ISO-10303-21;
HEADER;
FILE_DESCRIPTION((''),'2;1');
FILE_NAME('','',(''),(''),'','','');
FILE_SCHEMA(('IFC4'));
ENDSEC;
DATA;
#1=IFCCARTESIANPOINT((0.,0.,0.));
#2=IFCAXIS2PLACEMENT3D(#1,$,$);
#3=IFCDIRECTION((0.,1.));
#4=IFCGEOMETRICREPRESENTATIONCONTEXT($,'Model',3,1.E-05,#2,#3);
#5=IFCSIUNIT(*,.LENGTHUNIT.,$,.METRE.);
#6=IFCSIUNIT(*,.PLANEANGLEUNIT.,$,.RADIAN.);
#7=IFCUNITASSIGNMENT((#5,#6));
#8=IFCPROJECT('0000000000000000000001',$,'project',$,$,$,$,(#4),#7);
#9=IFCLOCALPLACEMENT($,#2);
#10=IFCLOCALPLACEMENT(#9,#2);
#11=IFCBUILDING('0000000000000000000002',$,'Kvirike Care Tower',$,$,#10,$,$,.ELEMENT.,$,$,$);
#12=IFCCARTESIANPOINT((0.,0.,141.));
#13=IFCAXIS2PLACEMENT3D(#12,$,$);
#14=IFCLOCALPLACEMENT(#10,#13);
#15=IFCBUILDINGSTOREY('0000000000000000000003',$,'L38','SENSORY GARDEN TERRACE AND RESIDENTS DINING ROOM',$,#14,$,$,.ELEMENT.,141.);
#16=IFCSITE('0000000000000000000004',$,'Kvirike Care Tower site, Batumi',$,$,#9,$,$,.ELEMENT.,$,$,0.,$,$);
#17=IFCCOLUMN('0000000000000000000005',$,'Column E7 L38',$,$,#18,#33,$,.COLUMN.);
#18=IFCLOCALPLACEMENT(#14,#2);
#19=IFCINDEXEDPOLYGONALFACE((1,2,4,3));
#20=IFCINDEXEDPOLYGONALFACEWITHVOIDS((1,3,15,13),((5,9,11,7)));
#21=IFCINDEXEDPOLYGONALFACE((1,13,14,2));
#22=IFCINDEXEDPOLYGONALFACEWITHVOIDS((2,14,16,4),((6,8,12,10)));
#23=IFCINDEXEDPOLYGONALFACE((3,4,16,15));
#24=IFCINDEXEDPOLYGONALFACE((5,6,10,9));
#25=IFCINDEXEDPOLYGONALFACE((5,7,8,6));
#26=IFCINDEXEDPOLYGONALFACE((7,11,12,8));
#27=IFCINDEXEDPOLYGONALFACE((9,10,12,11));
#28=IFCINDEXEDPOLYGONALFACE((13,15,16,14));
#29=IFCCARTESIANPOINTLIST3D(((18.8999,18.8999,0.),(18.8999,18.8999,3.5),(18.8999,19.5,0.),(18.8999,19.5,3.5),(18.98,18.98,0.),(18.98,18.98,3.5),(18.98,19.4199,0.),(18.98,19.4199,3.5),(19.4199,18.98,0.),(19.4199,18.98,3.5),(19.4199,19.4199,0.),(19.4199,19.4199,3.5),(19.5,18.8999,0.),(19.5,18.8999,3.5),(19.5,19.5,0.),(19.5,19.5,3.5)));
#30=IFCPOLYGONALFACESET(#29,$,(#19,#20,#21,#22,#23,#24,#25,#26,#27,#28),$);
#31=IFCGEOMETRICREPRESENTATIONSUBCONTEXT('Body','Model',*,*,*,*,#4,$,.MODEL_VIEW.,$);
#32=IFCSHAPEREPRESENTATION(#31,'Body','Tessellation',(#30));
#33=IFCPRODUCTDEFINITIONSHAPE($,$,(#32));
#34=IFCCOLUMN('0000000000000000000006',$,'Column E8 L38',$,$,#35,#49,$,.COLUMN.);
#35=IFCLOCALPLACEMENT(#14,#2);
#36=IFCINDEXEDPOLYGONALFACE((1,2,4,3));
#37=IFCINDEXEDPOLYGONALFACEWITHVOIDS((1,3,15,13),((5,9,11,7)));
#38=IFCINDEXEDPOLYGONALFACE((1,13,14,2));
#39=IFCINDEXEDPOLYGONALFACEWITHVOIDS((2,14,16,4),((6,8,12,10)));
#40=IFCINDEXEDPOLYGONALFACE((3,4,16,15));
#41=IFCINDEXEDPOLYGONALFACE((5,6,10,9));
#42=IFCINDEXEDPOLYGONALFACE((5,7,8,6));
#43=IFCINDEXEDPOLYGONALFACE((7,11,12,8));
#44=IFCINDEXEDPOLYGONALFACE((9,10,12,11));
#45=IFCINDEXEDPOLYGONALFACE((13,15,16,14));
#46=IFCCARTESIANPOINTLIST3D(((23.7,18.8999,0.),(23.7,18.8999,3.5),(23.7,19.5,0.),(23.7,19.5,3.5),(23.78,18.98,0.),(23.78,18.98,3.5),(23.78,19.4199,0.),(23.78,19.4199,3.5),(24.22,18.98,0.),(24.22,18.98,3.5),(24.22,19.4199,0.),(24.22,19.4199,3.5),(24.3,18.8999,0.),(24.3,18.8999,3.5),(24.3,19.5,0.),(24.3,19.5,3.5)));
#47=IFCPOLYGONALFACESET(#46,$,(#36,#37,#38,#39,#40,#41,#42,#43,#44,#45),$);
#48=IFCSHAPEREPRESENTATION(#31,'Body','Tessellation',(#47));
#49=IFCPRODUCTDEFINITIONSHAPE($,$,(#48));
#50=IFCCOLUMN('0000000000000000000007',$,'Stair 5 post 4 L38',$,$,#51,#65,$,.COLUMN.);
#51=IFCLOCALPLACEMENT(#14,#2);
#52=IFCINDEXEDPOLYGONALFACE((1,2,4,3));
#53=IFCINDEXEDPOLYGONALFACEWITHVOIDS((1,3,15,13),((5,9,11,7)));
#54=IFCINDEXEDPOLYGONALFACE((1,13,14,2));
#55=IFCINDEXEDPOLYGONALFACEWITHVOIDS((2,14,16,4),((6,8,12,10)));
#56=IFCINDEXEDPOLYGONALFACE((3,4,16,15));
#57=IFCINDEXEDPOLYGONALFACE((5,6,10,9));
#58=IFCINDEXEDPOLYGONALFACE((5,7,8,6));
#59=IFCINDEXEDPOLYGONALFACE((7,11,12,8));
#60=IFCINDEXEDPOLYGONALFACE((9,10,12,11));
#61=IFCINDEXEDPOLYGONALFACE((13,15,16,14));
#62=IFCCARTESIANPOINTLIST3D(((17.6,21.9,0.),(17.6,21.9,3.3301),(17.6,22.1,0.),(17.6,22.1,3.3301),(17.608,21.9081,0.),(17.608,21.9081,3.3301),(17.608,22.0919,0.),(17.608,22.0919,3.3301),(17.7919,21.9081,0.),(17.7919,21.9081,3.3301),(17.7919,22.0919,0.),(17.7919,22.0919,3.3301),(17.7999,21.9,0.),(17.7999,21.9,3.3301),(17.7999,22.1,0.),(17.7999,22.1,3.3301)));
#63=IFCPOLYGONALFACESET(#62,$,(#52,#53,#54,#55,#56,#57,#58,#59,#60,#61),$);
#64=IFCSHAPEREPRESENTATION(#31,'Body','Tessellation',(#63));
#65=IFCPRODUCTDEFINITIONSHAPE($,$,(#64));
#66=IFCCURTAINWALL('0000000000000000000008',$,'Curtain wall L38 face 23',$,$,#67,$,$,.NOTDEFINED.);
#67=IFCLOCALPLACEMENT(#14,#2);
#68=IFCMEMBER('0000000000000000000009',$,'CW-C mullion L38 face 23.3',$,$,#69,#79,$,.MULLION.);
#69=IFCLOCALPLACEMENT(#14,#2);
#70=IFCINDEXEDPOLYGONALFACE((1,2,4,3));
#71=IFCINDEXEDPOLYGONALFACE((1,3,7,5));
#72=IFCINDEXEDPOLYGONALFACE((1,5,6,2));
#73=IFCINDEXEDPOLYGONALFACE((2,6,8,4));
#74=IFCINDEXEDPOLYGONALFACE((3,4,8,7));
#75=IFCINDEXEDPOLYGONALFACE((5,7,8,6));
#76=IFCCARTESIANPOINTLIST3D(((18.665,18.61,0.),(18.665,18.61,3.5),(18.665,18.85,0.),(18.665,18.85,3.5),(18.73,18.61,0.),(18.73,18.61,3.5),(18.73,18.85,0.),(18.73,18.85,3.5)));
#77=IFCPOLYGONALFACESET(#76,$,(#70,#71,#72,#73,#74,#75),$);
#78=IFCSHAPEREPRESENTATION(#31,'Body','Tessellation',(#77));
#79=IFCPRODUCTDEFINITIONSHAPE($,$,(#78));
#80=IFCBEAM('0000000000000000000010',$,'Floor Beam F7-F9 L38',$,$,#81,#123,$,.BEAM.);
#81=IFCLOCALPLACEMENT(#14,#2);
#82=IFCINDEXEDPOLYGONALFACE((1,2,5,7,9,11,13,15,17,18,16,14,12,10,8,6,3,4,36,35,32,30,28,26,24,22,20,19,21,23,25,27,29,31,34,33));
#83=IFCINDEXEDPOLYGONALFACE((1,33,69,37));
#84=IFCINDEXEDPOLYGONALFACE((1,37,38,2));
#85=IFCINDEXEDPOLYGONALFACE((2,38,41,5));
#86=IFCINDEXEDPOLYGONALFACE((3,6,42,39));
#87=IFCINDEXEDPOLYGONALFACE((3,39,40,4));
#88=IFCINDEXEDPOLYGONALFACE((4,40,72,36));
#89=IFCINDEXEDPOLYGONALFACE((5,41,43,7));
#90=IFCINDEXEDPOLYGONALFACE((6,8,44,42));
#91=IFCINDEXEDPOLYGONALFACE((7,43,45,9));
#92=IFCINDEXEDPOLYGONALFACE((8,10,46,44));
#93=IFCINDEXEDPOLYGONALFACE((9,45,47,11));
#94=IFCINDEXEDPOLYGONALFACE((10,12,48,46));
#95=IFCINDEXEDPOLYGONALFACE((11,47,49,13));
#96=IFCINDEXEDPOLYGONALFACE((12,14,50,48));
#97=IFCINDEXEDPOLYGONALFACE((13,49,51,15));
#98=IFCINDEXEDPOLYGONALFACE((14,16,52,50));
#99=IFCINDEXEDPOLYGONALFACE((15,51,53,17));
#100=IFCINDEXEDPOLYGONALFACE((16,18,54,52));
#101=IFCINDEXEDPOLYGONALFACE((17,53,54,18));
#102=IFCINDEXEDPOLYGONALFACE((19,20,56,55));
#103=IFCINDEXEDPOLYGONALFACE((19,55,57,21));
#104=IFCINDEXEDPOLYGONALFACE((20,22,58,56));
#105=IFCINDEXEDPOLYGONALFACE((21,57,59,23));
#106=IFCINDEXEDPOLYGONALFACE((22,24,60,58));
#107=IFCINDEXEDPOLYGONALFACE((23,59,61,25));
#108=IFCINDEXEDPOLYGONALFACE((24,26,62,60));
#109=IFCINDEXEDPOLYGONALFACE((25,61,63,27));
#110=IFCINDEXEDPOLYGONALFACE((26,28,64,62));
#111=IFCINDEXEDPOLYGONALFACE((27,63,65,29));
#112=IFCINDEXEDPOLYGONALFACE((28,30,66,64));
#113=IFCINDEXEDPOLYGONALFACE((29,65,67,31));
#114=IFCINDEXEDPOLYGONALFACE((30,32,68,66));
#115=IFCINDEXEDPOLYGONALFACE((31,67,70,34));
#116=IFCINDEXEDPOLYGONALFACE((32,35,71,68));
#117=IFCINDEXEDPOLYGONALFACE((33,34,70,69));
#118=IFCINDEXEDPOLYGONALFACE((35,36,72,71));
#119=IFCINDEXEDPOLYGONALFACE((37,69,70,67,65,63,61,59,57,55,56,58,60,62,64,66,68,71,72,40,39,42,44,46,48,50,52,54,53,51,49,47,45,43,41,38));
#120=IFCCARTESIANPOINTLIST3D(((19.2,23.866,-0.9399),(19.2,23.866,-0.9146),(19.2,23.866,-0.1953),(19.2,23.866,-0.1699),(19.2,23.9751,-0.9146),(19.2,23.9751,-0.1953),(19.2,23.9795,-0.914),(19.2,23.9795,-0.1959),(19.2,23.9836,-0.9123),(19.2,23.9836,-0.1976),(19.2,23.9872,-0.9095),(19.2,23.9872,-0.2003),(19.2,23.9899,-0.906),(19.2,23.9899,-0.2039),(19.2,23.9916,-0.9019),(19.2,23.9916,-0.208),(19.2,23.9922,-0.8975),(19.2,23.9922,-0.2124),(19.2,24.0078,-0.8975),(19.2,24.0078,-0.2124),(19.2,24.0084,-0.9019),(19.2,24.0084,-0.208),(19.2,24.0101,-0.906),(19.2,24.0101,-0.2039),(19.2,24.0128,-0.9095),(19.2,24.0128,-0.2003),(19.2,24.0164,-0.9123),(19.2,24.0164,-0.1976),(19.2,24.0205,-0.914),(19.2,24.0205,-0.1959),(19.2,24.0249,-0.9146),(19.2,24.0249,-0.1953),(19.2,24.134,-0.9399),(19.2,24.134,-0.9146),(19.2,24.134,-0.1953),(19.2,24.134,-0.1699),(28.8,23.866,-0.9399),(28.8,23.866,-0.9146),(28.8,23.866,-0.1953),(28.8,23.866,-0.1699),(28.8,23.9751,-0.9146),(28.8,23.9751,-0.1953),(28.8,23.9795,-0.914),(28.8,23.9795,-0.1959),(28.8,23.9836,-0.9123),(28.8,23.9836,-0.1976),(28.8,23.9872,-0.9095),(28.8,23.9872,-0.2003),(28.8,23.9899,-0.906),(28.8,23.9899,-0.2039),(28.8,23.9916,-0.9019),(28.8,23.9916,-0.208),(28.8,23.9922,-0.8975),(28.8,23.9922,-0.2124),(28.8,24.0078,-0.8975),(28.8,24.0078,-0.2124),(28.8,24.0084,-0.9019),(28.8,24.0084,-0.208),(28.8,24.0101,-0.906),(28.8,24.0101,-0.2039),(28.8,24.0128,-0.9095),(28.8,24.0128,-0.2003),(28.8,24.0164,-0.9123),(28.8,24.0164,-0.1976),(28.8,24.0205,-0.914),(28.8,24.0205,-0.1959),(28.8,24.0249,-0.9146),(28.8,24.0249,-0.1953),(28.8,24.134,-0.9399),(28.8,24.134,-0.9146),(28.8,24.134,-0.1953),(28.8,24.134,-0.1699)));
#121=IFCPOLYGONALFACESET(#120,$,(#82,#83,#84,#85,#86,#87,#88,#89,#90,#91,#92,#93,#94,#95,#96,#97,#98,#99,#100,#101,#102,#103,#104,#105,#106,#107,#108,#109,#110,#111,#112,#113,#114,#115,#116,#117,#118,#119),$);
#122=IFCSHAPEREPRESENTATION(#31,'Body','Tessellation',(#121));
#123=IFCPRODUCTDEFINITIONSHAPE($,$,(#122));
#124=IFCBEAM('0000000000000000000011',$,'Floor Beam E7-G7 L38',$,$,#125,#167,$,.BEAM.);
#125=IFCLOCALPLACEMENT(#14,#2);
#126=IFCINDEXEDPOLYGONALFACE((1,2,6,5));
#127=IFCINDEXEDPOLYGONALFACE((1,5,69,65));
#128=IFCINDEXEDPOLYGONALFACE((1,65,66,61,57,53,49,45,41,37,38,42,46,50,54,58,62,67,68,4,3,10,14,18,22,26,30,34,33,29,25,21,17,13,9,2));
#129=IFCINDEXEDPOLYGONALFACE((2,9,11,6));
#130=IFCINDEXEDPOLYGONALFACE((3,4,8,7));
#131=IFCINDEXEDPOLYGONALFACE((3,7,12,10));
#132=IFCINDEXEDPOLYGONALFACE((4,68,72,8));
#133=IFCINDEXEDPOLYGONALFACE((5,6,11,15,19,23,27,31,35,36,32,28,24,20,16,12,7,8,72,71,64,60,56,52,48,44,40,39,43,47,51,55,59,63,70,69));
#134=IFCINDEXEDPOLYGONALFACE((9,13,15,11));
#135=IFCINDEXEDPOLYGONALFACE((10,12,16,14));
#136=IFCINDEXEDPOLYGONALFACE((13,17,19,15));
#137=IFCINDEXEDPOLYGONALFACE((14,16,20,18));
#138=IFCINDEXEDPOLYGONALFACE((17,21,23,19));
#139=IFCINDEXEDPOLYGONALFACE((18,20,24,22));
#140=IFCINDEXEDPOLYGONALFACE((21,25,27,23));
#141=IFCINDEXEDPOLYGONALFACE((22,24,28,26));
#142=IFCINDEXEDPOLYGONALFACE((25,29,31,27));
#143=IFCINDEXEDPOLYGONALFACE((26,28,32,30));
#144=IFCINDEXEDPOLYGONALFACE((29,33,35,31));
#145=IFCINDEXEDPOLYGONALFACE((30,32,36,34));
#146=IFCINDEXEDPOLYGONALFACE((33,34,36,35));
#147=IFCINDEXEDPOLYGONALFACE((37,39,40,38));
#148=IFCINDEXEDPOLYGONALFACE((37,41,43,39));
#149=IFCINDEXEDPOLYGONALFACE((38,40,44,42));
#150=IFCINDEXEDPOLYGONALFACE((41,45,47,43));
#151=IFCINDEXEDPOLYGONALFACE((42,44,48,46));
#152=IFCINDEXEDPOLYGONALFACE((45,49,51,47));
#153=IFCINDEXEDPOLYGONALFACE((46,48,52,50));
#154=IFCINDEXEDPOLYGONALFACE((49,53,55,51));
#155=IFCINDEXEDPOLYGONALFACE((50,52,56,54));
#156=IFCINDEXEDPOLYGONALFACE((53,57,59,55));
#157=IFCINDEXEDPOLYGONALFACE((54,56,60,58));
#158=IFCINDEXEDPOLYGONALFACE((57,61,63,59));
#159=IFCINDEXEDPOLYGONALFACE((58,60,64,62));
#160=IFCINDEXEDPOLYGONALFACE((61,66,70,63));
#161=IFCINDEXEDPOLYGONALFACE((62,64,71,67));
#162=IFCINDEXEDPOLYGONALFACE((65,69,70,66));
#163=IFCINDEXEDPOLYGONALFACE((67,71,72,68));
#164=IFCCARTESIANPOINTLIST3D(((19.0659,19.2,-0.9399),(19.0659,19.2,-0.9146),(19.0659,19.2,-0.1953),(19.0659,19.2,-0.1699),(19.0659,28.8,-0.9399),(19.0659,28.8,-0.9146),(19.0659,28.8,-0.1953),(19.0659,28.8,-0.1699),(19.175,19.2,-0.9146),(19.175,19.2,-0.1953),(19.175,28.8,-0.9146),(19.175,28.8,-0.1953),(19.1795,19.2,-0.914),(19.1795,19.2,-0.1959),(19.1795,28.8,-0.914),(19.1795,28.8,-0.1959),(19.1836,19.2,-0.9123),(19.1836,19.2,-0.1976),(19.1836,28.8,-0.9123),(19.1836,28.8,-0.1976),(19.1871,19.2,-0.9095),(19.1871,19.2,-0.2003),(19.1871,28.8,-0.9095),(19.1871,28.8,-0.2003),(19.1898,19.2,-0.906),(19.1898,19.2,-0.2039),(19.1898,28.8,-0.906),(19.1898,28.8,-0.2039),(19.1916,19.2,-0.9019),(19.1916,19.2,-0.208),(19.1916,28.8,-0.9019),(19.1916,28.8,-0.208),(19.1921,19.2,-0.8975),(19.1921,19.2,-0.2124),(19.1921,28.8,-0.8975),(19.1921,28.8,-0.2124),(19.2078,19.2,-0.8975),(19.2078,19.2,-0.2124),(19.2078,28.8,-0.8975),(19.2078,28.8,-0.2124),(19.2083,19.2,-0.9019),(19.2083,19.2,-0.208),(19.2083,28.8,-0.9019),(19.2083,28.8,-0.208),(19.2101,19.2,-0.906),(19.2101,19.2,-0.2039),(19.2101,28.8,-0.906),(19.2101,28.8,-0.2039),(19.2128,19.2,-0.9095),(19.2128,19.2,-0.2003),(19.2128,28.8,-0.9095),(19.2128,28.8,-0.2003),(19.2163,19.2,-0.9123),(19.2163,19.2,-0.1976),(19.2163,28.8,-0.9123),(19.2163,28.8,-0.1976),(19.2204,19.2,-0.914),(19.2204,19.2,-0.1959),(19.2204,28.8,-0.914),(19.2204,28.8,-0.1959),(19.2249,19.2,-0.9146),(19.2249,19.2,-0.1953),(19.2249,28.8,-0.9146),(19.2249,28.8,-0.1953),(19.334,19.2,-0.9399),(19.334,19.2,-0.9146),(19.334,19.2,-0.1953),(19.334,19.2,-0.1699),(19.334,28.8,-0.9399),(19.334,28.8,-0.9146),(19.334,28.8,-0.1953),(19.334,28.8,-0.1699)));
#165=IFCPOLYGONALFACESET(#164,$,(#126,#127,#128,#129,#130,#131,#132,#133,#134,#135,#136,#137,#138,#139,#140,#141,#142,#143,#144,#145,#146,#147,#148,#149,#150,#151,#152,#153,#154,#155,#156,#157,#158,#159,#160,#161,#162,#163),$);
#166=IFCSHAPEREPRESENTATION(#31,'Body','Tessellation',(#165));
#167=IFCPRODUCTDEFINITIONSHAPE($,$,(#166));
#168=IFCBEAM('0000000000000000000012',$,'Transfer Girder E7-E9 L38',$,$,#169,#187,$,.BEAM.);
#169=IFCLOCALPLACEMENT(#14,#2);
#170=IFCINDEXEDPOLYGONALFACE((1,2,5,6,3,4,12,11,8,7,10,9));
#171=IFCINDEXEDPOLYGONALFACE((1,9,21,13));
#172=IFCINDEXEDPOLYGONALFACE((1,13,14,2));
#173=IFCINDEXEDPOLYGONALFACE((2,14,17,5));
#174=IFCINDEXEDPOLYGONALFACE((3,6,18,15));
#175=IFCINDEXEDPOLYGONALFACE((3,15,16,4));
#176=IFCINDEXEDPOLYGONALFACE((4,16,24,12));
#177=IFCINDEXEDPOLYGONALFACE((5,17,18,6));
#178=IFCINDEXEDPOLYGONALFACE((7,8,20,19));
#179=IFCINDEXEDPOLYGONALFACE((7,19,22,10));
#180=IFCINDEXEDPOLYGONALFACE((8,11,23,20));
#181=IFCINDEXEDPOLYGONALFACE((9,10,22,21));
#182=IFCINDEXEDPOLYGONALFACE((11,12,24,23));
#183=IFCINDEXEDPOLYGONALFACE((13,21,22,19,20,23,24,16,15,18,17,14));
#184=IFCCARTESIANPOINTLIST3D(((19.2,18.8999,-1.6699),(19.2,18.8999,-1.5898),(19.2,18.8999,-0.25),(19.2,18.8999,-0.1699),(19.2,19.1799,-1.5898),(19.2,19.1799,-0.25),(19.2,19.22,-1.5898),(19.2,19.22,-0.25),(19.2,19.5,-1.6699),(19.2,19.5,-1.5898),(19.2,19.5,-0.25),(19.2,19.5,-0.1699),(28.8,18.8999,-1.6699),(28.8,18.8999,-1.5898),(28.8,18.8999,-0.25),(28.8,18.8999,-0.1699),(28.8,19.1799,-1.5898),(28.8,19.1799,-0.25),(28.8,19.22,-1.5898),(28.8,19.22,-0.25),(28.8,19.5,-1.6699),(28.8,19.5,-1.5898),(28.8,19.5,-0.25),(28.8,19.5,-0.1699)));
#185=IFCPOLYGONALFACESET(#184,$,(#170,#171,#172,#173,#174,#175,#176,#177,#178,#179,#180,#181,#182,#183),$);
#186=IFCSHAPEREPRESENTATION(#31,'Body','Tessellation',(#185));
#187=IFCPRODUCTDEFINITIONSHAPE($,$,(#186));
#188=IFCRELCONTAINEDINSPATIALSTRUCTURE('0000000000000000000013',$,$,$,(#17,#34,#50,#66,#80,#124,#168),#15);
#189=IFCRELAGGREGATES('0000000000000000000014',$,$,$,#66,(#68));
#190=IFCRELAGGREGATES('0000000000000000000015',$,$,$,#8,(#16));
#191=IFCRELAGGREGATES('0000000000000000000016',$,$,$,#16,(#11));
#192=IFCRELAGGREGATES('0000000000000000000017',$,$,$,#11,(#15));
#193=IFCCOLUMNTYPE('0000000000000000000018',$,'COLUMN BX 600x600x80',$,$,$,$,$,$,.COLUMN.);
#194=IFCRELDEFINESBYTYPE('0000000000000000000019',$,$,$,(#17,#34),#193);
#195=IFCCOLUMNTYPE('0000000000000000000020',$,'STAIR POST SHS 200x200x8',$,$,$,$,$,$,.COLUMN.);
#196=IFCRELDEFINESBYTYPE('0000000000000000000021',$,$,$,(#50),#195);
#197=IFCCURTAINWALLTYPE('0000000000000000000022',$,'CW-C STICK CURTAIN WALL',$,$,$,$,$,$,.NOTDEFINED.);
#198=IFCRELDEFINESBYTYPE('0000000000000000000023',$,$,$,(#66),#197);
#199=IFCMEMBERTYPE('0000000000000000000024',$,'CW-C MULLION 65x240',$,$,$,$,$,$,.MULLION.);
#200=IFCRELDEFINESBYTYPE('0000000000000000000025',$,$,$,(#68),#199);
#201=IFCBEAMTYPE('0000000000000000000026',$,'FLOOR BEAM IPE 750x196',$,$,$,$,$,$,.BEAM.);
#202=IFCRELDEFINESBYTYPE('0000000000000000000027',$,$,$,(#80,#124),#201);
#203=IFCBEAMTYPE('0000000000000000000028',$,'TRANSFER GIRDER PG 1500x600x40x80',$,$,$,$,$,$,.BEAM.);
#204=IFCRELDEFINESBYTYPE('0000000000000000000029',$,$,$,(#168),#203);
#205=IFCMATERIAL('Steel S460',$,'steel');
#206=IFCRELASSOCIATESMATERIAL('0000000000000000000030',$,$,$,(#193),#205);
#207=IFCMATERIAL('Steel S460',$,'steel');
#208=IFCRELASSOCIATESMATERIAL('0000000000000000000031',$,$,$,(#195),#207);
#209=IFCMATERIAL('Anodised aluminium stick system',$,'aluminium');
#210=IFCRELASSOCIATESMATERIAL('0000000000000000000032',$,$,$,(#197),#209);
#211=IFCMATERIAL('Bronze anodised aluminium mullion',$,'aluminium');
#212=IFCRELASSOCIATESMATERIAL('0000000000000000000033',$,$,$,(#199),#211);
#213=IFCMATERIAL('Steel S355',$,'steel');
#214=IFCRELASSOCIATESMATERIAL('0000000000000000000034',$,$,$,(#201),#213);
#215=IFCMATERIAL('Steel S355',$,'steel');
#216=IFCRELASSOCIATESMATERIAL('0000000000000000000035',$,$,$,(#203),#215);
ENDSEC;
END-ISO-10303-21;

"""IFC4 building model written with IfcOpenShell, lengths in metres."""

from ifc_helpers import new_model, si_unit, direction, frame, origin, origin_2d, place, context, subcontext, project, spatial, rectangle, hollow_rectangle, i_section, extrude, material, material_profile, profile_set, type_object, element, aggregate, save


model = new_model("IFC4")

# Units and contexts
model_context = context("Model", 3, precision=1e-05, world=origin(), true_north=direction((0.0, 1.0)))
body_context = subcontext(model_context, "Body", "Model", "MODEL_VIEW")
ifc_project = project(units=[si_unit("LENGTHUNIT", "METRE"), si_unit("PLANEANGLEUNIT", "RADIAN")], contexts=[model_context])

# Site, building, storey
site_placement = place(None, origin())
site = spatial("IfcSite", under=ifc_project, at=site_placement, Name="Kvirike Care Tower site, Batumi", CompositionType="ELEMENT", RefElevation=0.0)
building_placement = place(site_placement, origin())
building = spatial("IfcBuilding", under=site, at=building_placement, Name="Kvirike Care Tower", CompositionType="ELEMENT")
storey_placement = place(building_placement, frame((0.0, 0.0, 141.0)))
storey = spatial("IfcBuildingStorey", under=building, at=storey_placement, Name="L38", Description="SENSORY GARDEN TERRACE AND RESIDENTS DINING ROOM", CompositionType="ELEMENT", Elevation=141.0)

# Columns
ifc_material_1 = material(Name="Steel S460", Category="steel")
ifc_material_profile_1 = material_profile(ifc_material_1, hollow_rectangle(XDim=0.6001, YDim=0.6001, WallThickness=0.0801, at=origin_2d()), Name="BX 600x600x80")
ifc_profile_set_1 = profile_set([ifc_material_profile_1], Name="Steel S460")
column_type_1 = type_object("IfcColumnType", Name="COLUMN BX 600x600x80", PredefinedType="COLUMN", material=ifc_profile_set_1)
for number, where, z_axis, x_axis, name in (
    (1, (19.2, 19.2, 0.0), (0.0, 0.0, 1.0), (0.0, 1.0, 0.0), "Column E7 L38"),
    (2, (24.0, 19.2, 0.0), (0.0, 0.0, 1.0), (0.0, 1.0, 0.0), "Column E8 L38"),
):
    element("IfcColumn", number, at=place(storey_placement, frame(where, z_axis=z_axis, x_axis=x_axis)), inside=storey, type_object=column_type_1, Name=name, PredefinedType="COLUMN", context=body_context, shape_type="SweptSolid", body=[
        extrude(hollow_rectangle(XDim=0.6001, YDim=0.6001, WallThickness=0.0801, at=origin_2d()), origin(), (0.0, 0.0, 1.0), 3.5),
    ])
ifc_material_2 = material(Name="Steel S460", Category="steel")
ifc_material_profile_2 = material_profile(ifc_material_2, hollow_rectangle(XDim=0.2, YDim=0.2, WallThickness=0.0081, at=origin_2d()), Name="SHS 200x200x8")
ifc_profile_set_2 = profile_set([ifc_material_profile_2], Name="Steel S460")
column_type_2 = type_object("IfcColumnType", Name="STAIR POST SHS 200x200x8", PredefinedType="COLUMN", material=ifc_profile_set_2)
column_placement = place(storey_placement, frame((17.7, 22.0, 0.0), z_axis=(0.0, 0.0, 1.0), x_axis=(1.0, 0.0, 0.0)))
element("IfcColumn", 3, at=column_placement, inside=storey, type_object=column_type_2, Name="Stair 5 post 4 L38", PredefinedType="COLUMN", context=body_context, shape_type="SweptSolid", body=[
    extrude(hollow_rectangle(XDim=0.2, YDim=0.2, WallThickness=0.0081, at=origin_2d()), origin(), (0.0, 0.0, 1.0), 3.3301),
])

# Curtain wall, member
ifc_material_3 = material(Name="Anodised aluminium stick system", Category="aluminium")
curtain_wall_type = type_object("IfcCurtainWallType", Name="CW-C STICK CURTAIN WALL", PredefinedType="NOTDEFINED", material=ifc_material_3)
curtain_wall_placement = place(storey_placement, origin())
curtain_wall = element("IfcCurtainWall", 4, at=curtain_wall_placement, inside=storey, type_object=curtain_wall_type, Name="Curtain wall L38 face 23", PredefinedType="NOTDEFINED")
ifc_material_4 = material(Name="Bronze anodised aluminium mullion", Category="aluminium")
ifc_material_profile_3 = material_profile(ifc_material_4, rectangle(XDim=0.0649, YDim=0.24, at=origin_2d()), Name="CW-C MULLION 65x240")
ifc_profile_set_3 = profile_set([ifc_material_profile_3], Name="Bronze anodised aluminium mullion")
member_type = type_object("IfcMemberType", Name="CW-C MULLION 65x240", PredefinedType="MULLION", material=ifc_profile_set_3)
member_placement = place(storey_placement, frame((18.6975, 18.73, 0.0), z_axis=(0.0, 0.0, 1.0), x_axis=(1.0, 0.0, 0.0)))
member = element("IfcMember", 5, at=member_placement, type_object=member_type, Name="CW-C mullion L38 face 23.3", PredefinedType="MULLION", context=body_context, shape_type="SweptSolid", body=[
    extrude(rectangle(XDim=0.0649, YDim=0.24, at=origin_2d()), origin(), (0.0, 0.0, 1.0), 3.5),
])

# Beams
ifc_material_5 = material(Name="Steel S355", Category="steel")
ifc_material_profile_4 = material_profile(ifc_material_5, i_section(OverallWidth=0.2681, OverallDepth=0.77, WebThickness=0.0156, FlangeThickness=0.0254, FilletRadius=0.0171, at=origin_2d()), Name="IPE 750x196")
ifc_profile_set_4 = profile_set([ifc_material_profile_4], Name="Steel S355")
beam_type_1 = type_object("IfcBeamType", Name="FLOOR BEAM IPE 750x196", PredefinedType="BEAM", material=ifc_profile_set_4)
for number, where, z_axis, x_axis, name in (
    (6, (19.2, 24.0, -0.5549), (1.0, 0.0, 0.0), (0.0, 1.0, 0.0), "Floor Beam F7-F9 L38"),
    (7, (19.2, 19.2, -0.5549), (0.0, 1.0, 0.0), (-1.0, 0.0, 0.0), "Floor Beam E7-G7 L38"),
):
    element("IfcBeam", number, at=place(storey_placement, frame(where, z_axis=z_axis, x_axis=x_axis)), inside=storey, type_object=beam_type_1, Name=name, PredefinedType="BEAM", context=body_context, shape_type="SweptSolid", body=[
        extrude(i_section(OverallWidth=0.2681, OverallDepth=0.77, WebThickness=0.0156, FlangeThickness=0.0254, FilletRadius=0.0171, at=origin_2d()), origin(), (0.0, 0.0, 1.0), 9.6001),
    ])
ifc_material_6 = material(Name="Steel S355", Category="steel")
ifc_material_profile_5 = material_profile(ifc_material_6, i_section(OverallWidth=0.6001, OverallDepth=1.5, WebThickness=0.04, FlangeThickness=0.0801, at=origin_2d()), Name="PG 1500x600x40x80")
ifc_profile_set_5 = profile_set([ifc_material_profile_5], Name="Steel S355")
beam_type_2 = type_object("IfcBeamType", Name="TRANSFER GIRDER PG 1500x600x40x80", PredefinedType="BEAM", material=ifc_profile_set_5)
beam_placement = place(storey_placement, frame((19.2, 19.2, -0.9199), z_axis=(1.0, 0.0, 0.0), x_axis=(0.0, 1.0, 0.0)))
element("IfcBeam", 8, at=beam_placement, inside=storey, type_object=beam_type_2, Name="Transfer Girder E7-E9 L38", PredefinedType="BEAM", context=body_context, shape_type="SweptSolid", body=[
    extrude(i_section(OverallWidth=0.6001, OverallDepth=1.5, WebThickness=0.04, FlangeThickness=0.0801, at=origin_2d()), origin(), (0.0, 0.0, 1.0), 9.6001),
])

aggregate(curtain_wall, [member])

save(model, "model.ifc")
